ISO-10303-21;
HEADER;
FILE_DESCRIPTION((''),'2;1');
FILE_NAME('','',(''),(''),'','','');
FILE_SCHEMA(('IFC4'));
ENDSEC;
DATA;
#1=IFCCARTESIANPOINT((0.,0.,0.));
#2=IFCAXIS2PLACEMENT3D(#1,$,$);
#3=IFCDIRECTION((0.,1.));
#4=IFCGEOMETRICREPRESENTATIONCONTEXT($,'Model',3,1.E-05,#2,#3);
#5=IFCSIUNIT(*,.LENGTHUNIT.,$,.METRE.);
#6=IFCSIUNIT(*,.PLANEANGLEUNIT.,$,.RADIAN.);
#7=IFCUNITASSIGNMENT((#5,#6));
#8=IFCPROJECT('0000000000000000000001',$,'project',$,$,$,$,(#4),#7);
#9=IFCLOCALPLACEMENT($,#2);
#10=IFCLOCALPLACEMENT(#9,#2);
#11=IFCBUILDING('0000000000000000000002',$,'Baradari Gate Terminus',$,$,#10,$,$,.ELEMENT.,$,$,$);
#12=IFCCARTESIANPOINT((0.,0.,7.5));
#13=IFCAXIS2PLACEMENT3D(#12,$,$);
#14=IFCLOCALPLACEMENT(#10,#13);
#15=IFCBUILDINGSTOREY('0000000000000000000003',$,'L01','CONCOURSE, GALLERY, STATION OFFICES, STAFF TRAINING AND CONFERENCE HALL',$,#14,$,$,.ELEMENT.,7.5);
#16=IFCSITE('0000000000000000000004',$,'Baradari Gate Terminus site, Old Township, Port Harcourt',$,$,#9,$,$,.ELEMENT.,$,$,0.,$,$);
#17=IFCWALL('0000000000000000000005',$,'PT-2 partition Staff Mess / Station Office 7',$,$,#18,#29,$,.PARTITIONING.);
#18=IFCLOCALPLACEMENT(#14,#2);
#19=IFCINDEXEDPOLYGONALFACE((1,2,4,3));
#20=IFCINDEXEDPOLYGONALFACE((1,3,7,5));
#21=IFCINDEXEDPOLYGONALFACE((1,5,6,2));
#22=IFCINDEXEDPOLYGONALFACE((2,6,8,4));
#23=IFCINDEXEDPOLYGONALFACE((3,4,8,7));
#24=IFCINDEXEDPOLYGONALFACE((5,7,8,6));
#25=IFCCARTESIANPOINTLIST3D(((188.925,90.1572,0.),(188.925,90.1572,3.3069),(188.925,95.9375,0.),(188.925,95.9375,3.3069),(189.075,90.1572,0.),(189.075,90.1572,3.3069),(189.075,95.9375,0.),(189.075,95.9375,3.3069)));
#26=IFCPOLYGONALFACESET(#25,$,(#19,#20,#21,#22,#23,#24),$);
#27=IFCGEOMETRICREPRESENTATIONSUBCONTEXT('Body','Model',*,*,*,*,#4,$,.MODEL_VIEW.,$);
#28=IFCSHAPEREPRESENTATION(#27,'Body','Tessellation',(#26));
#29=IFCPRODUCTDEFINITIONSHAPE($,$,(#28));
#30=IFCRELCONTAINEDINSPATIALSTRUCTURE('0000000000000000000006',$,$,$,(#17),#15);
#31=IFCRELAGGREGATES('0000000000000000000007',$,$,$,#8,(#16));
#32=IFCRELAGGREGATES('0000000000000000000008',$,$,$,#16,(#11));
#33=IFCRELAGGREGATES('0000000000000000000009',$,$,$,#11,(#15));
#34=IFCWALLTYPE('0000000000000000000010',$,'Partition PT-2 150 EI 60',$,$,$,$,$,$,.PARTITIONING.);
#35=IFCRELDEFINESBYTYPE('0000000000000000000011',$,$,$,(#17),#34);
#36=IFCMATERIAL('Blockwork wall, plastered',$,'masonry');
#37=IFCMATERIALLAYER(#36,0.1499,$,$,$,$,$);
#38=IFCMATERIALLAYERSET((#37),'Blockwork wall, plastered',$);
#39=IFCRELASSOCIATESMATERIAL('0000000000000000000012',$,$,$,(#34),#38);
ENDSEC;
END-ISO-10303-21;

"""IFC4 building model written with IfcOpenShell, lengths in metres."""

from ifc_helpers import new_model, si_unit, direction, frame, frame_2d, origin, place, context, subcontext, project, spatial, rectangle, extrude, material, layer, layer_set, type_object, element, save


model = new_model("IFC4")

# Units and contexts
model_context = context("Model", 3, precision=1e-05, world=origin(), true_north=direction((0.0, 1.0)))
body_context = subcontext(model_context, "Body", "Model", "MODEL_VIEW")
ifc_project = project(units=[si_unit("LENGTHUNIT", "METRE"), si_unit("PLANEANGLEUNIT", "RADIAN")], contexts=[model_context])

# Site, building, storey
site_placement = place(None, origin())
site = spatial("IfcSite", under=ifc_project, at=site_placement, Name="Baradari Gate Terminus site, Old Township, Port Harcourt", CompositionType="ELEMENT", RefElevation=0.0)
building_placement = place(site_placement, origin())
building = spatial("IfcBuilding", under=site, at=building_placement, Name="Baradari Gate Terminus", CompositionType="ELEMENT")
storey_placement = place(building_placement, frame((0.0, 0.0, 7.5)))
storey = spatial("IfcBuildingStorey", under=building, at=storey_placement, Name="L01", Description="CONCOURSE, GALLERY, STATION OFFICES, STAFF TRAINING AND CONFERENCE HALL", CompositionType="ELEMENT", Elevation=7.5)

# Wall
ifc_material_1 = material(Name="Blockwork wall, plastered", Category="masonry")
ifc_layer_1 = layer(ifc_material_1, 0.1499)
ifc_layer_set_1 = layer_set([ifc_layer_1], Name="Blockwork wall, plastered")
wall_type_1 = type_object("IfcWallType", Name="Partition PT-2 150 EI 60", PredefinedType="PARTITIONING", material=ifc_layer_set_1)
wall_1_placement = place(storey_placement, frame((189.0, 95.9375, 0.0), z_axis=(0.0, 0.0, 1.0), x_axis=(0.0, -1.0, 0.0)))
element("IfcWall", 1, at=wall_1_placement, inside=storey, type_object=wall_type_1, Name="PT-2 partition Staff Mess / Station Office 7", PredefinedType="PARTITIONING", context=body_context, shape_type="SweptSolid", body=[
    extrude(rectangle(XDim=5.7803, YDim=0.1499, at=frame_2d((2.8901, 0.0))), origin(), (0.0, 0.0, 1.0), 3.3069),
])

save(model, "model.ifc")
